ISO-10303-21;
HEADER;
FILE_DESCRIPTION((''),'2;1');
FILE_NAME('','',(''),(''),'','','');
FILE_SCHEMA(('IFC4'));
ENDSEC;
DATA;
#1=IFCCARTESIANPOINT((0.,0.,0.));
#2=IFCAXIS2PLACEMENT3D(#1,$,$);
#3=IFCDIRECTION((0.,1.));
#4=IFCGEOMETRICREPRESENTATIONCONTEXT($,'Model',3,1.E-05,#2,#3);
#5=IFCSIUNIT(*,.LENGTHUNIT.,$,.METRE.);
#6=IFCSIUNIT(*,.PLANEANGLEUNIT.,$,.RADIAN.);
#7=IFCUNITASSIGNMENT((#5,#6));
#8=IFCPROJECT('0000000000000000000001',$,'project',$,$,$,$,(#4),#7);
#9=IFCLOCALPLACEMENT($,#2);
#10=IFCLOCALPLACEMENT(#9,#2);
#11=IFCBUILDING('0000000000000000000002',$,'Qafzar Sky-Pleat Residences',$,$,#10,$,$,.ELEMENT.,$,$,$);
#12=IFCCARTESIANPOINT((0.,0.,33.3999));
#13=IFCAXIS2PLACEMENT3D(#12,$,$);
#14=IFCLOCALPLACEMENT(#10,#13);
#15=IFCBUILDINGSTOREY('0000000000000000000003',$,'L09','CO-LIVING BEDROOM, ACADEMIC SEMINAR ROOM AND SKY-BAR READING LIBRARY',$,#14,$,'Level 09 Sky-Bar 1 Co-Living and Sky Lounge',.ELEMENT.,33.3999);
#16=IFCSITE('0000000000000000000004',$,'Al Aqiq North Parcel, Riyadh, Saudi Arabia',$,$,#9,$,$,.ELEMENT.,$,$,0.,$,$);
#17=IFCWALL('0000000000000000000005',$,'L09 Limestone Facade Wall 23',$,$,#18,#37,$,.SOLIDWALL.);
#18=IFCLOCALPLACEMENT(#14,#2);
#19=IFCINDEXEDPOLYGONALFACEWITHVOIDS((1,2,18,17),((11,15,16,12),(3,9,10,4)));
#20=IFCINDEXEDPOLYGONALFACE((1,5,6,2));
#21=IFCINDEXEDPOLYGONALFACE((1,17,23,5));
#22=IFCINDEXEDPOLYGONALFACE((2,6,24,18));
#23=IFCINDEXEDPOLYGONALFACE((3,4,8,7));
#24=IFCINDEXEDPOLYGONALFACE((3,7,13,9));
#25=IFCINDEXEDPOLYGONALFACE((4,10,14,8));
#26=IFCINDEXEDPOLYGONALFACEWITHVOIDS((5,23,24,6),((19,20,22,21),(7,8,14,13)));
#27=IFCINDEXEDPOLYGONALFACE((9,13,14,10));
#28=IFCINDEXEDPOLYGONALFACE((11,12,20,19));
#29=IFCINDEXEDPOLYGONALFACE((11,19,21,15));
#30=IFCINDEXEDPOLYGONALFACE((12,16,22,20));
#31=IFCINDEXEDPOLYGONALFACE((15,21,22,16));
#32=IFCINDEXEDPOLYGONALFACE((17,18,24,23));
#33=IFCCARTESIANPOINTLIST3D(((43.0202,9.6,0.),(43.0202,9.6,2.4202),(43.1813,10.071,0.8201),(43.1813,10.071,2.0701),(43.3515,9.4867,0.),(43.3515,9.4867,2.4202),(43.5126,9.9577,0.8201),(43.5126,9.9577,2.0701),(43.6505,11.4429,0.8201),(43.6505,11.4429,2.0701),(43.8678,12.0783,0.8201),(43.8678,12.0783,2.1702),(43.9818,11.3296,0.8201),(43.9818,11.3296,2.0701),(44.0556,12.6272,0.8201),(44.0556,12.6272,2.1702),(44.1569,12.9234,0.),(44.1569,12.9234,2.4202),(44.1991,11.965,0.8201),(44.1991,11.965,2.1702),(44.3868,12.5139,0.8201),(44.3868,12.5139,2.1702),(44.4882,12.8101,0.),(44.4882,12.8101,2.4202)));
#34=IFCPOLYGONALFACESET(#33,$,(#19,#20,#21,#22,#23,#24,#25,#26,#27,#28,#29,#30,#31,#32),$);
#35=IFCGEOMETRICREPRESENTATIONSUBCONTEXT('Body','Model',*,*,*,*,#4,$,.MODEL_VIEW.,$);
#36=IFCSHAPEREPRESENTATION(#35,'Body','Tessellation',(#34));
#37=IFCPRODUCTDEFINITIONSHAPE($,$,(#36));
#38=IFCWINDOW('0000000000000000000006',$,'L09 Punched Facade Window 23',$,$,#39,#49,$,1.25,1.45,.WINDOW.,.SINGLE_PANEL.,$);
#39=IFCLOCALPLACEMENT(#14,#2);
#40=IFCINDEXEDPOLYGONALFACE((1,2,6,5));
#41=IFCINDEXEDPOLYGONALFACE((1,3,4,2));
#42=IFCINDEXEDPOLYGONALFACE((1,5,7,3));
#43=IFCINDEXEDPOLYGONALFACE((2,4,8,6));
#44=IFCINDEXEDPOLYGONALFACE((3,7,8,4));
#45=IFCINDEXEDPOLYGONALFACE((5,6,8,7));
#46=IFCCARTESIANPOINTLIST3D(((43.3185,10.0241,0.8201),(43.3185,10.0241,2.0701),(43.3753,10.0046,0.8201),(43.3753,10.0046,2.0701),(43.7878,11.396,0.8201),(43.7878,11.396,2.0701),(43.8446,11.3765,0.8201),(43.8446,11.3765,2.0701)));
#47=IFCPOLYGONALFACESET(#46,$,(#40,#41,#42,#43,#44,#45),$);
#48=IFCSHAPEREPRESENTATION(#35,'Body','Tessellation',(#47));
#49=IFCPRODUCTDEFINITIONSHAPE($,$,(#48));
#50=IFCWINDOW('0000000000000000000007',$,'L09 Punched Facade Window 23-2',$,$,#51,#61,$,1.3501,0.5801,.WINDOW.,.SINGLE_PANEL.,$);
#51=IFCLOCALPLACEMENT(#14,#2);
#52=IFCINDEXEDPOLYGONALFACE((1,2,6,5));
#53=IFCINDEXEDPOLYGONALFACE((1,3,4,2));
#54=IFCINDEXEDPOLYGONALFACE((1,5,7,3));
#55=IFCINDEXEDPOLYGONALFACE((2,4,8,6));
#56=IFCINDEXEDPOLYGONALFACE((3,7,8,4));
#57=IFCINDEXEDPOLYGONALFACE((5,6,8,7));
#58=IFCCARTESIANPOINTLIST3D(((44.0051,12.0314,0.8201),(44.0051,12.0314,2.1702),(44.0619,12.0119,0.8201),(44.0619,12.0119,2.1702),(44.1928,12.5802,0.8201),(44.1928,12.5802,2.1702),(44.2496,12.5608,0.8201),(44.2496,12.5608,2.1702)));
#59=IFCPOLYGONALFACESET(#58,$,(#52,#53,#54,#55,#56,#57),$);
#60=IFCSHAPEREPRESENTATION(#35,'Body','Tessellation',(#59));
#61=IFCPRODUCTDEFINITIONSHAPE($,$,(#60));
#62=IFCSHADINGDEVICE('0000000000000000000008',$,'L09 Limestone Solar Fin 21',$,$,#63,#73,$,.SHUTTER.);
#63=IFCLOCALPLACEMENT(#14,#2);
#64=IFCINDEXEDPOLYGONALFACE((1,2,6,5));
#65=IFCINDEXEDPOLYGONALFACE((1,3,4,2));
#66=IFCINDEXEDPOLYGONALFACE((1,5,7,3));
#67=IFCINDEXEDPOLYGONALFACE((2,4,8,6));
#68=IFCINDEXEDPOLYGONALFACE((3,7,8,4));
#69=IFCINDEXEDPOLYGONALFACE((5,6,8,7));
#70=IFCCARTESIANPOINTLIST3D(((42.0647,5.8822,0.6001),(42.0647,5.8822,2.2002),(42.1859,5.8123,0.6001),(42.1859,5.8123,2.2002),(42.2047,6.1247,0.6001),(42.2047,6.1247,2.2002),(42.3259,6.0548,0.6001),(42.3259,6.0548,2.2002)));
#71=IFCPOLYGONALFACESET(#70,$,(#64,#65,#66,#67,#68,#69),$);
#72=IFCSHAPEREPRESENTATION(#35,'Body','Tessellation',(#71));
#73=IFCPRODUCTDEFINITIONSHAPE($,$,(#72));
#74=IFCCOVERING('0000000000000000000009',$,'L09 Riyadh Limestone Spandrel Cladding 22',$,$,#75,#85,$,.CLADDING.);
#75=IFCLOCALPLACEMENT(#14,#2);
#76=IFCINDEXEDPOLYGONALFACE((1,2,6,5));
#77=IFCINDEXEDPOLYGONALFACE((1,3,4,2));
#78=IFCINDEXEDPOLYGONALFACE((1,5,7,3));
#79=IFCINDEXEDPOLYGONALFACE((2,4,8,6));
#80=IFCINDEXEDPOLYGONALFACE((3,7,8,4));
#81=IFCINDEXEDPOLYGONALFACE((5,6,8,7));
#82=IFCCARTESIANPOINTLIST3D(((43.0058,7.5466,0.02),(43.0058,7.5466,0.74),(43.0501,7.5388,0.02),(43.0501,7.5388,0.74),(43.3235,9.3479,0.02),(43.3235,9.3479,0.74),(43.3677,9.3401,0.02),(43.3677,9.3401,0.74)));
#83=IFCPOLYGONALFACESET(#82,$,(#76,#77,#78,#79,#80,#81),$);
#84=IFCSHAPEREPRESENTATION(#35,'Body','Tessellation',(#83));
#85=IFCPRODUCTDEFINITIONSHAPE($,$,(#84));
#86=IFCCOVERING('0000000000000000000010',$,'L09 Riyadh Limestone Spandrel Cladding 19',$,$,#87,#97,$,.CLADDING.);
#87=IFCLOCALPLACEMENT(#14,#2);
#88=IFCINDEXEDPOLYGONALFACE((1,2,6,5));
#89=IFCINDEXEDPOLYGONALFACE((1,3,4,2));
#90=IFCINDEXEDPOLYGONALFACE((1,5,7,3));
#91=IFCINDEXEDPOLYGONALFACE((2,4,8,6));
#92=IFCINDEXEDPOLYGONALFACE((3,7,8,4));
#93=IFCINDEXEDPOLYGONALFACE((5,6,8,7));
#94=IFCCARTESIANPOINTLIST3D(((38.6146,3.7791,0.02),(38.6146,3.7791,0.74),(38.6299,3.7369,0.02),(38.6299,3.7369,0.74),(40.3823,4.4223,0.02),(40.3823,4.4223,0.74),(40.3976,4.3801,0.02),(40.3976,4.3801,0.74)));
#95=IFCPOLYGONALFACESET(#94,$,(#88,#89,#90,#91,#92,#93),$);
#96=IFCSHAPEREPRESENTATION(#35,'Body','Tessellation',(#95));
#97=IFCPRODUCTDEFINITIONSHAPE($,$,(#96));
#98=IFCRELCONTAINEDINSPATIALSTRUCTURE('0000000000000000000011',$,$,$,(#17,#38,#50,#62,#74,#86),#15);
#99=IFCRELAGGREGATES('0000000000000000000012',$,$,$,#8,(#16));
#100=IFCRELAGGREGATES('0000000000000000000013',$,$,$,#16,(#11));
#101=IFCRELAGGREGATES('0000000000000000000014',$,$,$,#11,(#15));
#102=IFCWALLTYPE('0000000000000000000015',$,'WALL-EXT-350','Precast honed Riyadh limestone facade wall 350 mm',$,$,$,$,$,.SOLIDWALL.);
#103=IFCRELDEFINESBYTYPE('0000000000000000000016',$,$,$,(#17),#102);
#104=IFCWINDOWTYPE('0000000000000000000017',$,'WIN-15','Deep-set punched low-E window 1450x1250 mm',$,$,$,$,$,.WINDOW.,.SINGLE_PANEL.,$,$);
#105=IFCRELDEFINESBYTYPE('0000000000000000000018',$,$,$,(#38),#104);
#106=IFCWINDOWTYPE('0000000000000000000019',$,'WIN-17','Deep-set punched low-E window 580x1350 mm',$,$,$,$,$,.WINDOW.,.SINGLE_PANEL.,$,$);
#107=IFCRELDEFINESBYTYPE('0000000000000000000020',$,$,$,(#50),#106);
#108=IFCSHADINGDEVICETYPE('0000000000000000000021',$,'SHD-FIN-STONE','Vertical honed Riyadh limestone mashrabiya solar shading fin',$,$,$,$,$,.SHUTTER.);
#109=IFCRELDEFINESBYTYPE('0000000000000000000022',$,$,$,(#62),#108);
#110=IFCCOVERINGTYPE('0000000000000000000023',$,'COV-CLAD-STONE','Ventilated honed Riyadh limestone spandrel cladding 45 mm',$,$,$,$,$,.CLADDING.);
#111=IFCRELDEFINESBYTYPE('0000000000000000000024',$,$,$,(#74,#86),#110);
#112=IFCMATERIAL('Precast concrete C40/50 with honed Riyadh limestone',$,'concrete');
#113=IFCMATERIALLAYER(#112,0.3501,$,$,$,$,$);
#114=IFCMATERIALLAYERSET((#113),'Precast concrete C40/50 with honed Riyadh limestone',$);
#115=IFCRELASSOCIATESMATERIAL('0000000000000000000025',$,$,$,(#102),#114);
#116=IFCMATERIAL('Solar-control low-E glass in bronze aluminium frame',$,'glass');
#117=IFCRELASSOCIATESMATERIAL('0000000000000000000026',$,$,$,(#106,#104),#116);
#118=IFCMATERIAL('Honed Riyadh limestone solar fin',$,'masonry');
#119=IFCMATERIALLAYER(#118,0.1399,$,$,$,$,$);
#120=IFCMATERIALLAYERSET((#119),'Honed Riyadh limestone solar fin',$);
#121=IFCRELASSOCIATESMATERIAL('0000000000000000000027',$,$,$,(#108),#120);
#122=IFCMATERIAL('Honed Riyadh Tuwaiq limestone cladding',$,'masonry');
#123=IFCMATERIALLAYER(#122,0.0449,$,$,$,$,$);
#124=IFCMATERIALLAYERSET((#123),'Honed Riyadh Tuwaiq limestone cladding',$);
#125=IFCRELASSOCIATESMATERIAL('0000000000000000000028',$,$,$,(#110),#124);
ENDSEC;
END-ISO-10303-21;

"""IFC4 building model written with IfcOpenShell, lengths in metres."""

from ifc_helpers import new_model, si_unit, direction, frame, frame_2d, origin, origin_2d, place, context, subcontext, project, spatial, rectangle, extrude, source, transform, mapped, material, layer, layer_set, type_object, element, fill, save


model = new_model("IFC4")

# Units and contexts
model_context = context("Model", 3, precision=1e-05, world=origin(), true_north=direction((0.0, 1.0)))
body_context = subcontext(model_context, "Body", "Model", "MODEL_VIEW")
ifc_project = project(units=[si_unit("LENGTHUNIT", "METRE"), si_unit("PLANEANGLEUNIT", "RADIAN")], contexts=[model_context])

# Site, building, storey
site_placement = place(None, origin())
site = spatial("IfcSite", under=ifc_project, at=site_placement, Name="Al Aqiq North Parcel, Riyadh, Saudi Arabia", CompositionType="ELEMENT", RefElevation=0.0)
building_placement = place(site_placement, origin())
building = spatial("IfcBuilding", under=site, at=building_placement, Name="Qafzar Sky-Pleat Residences", CompositionType="ELEMENT")
storey_placement = place(building_placement, frame((0.0, 0.0, 33.3999)))
storey = spatial("IfcBuildingStorey", under=building, at=storey_placement, Name="L09", Description="CO-LIVING BEDROOM, ACADEMIC SEMINAR ROOM AND SKY-BAR READING LIBRARY", LongName="Level 09 Sky-Bar 1 Co-Living and Sky Lounge", CompositionType="ELEMENT", Elevation=33.3999)

# Shared definitions
ifc_material_1 = material(Name="Precast concrete C40/50 with honed Riyadh limestone", Category="concrete")
ifc_layer_1 = layer(ifc_material_1, 0.3501)
ifc_layer_set_1 = layer_set([ifc_layer_1], Name="Precast concrete C40/50 with honed Riyadh limestone")
wall_type_1 = type_object("IfcWallType", Name="WALL-EXT-350", Description="Precast honed Riyadh limestone facade wall 350 mm", PredefinedType="SOLIDWALL", material=ifc_layer_set_1)
ifc_material_2 = material(Name="Solar-control low-E glass in bronze aluminium frame", Category="glass")
window_type_1 = type_object("IfcWindowType", Name="WIN-17", Description="Deep-set punched low-E window 580x1350 mm", PartitioningType="SINGLE_PANEL", PredefinedType="WINDOW", material=ifc_material_2)
shared_shape_1 = source(origin(), body_context, "Body", "SweptSolid", [
    extrude(rectangle(XDim=0.5801, YDim=1.3501, at=frame_2d((0.29, 0.675))), frame((0.0, 0.03, 0.0), z_axis=(0.0, -1.0, 0.0), x_axis=(1.0, 0.0, 0.0)), (0.0, 0.0, 1.0), 0.0601),
])

# Wall, openings, windows
wall_1_placement = place(storey_placement, frame((43.1858, 9.5432, 0.0), z_axis=(0.0, 0.0, 1.0), x_axis=(0.323621, 0.946187, 0.0)))
wall_1 = element("IfcWall", 1, at=wall_1_placement, inside=storey, type_object=wall_type_1, Name="L09 Limestone Facade Wall 23", PredefinedType="SOLIDWALL", context=body_context, shape_type="SweptSolid", body=[
    extrude(rectangle(XDim=3.5125, YDim=0.3501, at=frame_2d((1.7563, 0.0))), origin(), (0.0, 0.0, 1.0), 2.4202),
])
opening_1_placement = place(wall_1_placement, frame((0.4978, 0.0, 0.8201)))
opening_1 = element("IfcOpeningElement", 2, at=opening_1_placement, cuts=wall_1, PredefinedType="OPENING", context=body_context, shape_type="SweptSolid", body=[
    extrude(rectangle(XDim=1.45, YDim=1.25, at=frame_2d((0.7251, 0.625))), frame((0.0, 0.1851, 0.0), z_axis=(0.0, -1.0, 0.0), x_axis=(1.0, 0.0, 0.0)), (0.0, 0.0, 1.0), 0.3701),
])
opening_2_placement = place(wall_1_placement, frame((2.6194, 0.0, 0.8201)))
opening_2 = element("IfcOpeningElement", 3, at=opening_2_placement, cuts=wall_1, PredefinedType="OPENING", context=body_context, shape_type="SweptSolid", body=[
    extrude(rectangle(XDim=0.5801, YDim=1.3501, at=frame_2d((0.29, 0.675))), frame((0.0, 0.1851, 0.0), z_axis=(0.0, -1.0, 0.0), x_axis=(1.0, 0.0, 0.0)), (0.0, 0.0, 1.0), 0.3701),
])
window_type_2 = type_object("IfcWindowType", Name="WIN-15", Description="Deep-set punched low-E window 1450x1250 mm", PartitioningType="SINGLE_PANEL", PredefinedType="WINDOW", material=ifc_material_2)
shared_shape_2 = source(origin(), body_context, "Body", "SweptSolid", [
    extrude(rectangle(XDim=1.45, YDim=1.25, at=frame_2d((0.7251, 0.625))), frame((0.0, 0.03, 0.0), z_axis=(0.0, -1.0, 0.0), x_axis=(1.0, 0.0, 0.0)), (0.0, 0.0, 1.0), 0.0601),
])
window_1_placement = place(opening_1_placement, origin())
window_1 = element("IfcWindow", 4, at=window_1_placement, inside=storey, type_object=window_type_2, Name="L09 Punched Facade Window 23", OverallHeight=1.25, OverallWidth=1.45, PartitioningType="SINGLE_PANEL", PredefinedType="WINDOW", context=body_context, shape_type="MappedRepresentation", body=[
    mapped(shared_shape_2, transform((0.0, 0.0, 0.0), x_axis=(1.0, 0.0, 0.0), y_axis=(0.0, 1.0, 0.0), z_axis=(0.0, 0.0, 1.0), scale=1.0)),
])
fill(opening_1, window_1)
window_2_placement = place(opening_2_placement, origin())
window_2 = element("IfcWindow", 5, at=window_2_placement, inside=storey, type_object=window_type_1, Name="L09 Punched Facade Window 23-2", OverallHeight=1.3501, OverallWidth=0.5801, PartitioningType="SINGLE_PANEL", PredefinedType="WINDOW", context=body_context, shape_type="MappedRepresentation", body=[
    mapped(shared_shape_1, transform((0.0, 0.0, 0.0), x_axis=(1.0, 0.0, 0.0), y_axis=(0.0, 1.0, 0.0), z_axis=(0.0, 0.0, 1.0), scale=1.0)),
])
fill(opening_2, window_2)

# Shading device
ifc_material_3 = material(Name="Honed Riyadh limestone solar fin", Category="masonry")
ifc_layer_2 = layer(ifc_material_3, 0.1399)
ifc_layer_set_2 = layer_set([ifc_layer_2], Name="Honed Riyadh limestone solar fin")
shading_device_type = type_object("IfcShadingDeviceType", Name="SHD-FIN-STONE", Description="Vertical honed Riyadh limestone mashrabiya solar shading fin", PredefinedType="SHUTTER", material=ifc_layer_set_2)
shared_shape_3 = source(origin(), body_context, "Body", "SweptSolid", [
    extrude(rectangle(XDim=0.1399, YDim=0.28, at=origin_2d()), origin(), (0.0, 0.0, 1.0), 1.6001),
])
shading_device_placement = place(storey_placement, frame((42.1953, 5.9685, 0.6001), z_axis=(0.0, 0.0, 1.0), x_axis=(0.866044, -0.499967, 0.0)))
element("IfcShadingDevice", 6, at=shading_device_placement, inside=storey, type_object=shading_device_type, Name="L09 Limestone Solar Fin 21", PredefinedType="SHUTTER", context=body_context, shape_type="MappedRepresentation", body=[
    mapped(shared_shape_3, transform((0.0, 0.0, 0.0), x_axis=(1.0, 0.0, 0.0), y_axis=(0.0, 1.0, 0.0), z_axis=(0.0, 0.0, 1.0), scale=1.0)),
])

# Coverings
ifc_material_4 = material(Name="Honed Riyadh Tuwaiq limestone cladding", Category="masonry")
ifc_layer_3 = layer(ifc_material_4, 0.0449)
ifc_layer_set_3 = layer_set([ifc_layer_3], Name="Honed Riyadh Tuwaiq limestone cladding")
covering_type = type_object("IfcCoveringType", Name="COV-CLAD-STONE", Description="Ventilated honed Riyadh limestone spandrel cladding 45 mm", PredefinedType="CLADDING", material=ifc_layer_set_3)
shared_shape_4 = source(origin(), body_context, "Body", "SweptSolid", [
    extrude(rectangle(XDim=1.8291, YDim=0.0449, at=origin_2d()), origin(), (0.0, 0.0, 1.0), 0.72),
])
covering_1_placement = place(storey_placement, frame((43.1868, 8.4434, 0.02), z_axis=(0.0, 0.0, 1.0), x_axis=(0.173648, 0.984808, 0.0)))
element("IfcCovering", 7, at=covering_1_placement, inside=storey, type_object=covering_type, Name="L09 Riyadh Limestone Spandrel Cladding 22", PredefinedType="CLADDING", context=body_context, shape_type="MappedRepresentation", body=[
    mapped(shared_shape_4, transform((0.0, 0.0, 0.0), x_axis=(1.0, 0.0, 0.0), y_axis=(0.0, 1.0, 0.0), z_axis=(0.0, 0.0, 1.0), scale=1.0)),
])
shared_shape_5 = source(origin(), body_context, "Body", "SweptSolid", [
    extrude(rectangle(XDim=1.8811, YDim=0.0449, at=origin_2d()), origin(), (0.0, 0.0, 1.0), 0.72),
])
covering_2_placement = place(storey_placement, frame((39.5061, 4.0796, 0.02), z_axis=(0.0, 0.0, 1.0), x_axis=(0.939715, 0.341958, 0.0)))
element("IfcCovering", 8, at=covering_2_placement, inside=storey, type_object=covering_type, Name="L09 Riyadh Limestone Spandrel Cladding 19", PredefinedType="CLADDING", context=body_context, shape_type="MappedRepresentation", body=[
    mapped(shared_shape_5, transform((0.0, 0.0, 0.0), x_axis=(1.0, 0.0, 0.0), y_axis=(0.0, 1.0, 0.0), z_axis=(0.0, 0.0, 1.0), scale=1.0)),
])

save(model, "model.ifc")
